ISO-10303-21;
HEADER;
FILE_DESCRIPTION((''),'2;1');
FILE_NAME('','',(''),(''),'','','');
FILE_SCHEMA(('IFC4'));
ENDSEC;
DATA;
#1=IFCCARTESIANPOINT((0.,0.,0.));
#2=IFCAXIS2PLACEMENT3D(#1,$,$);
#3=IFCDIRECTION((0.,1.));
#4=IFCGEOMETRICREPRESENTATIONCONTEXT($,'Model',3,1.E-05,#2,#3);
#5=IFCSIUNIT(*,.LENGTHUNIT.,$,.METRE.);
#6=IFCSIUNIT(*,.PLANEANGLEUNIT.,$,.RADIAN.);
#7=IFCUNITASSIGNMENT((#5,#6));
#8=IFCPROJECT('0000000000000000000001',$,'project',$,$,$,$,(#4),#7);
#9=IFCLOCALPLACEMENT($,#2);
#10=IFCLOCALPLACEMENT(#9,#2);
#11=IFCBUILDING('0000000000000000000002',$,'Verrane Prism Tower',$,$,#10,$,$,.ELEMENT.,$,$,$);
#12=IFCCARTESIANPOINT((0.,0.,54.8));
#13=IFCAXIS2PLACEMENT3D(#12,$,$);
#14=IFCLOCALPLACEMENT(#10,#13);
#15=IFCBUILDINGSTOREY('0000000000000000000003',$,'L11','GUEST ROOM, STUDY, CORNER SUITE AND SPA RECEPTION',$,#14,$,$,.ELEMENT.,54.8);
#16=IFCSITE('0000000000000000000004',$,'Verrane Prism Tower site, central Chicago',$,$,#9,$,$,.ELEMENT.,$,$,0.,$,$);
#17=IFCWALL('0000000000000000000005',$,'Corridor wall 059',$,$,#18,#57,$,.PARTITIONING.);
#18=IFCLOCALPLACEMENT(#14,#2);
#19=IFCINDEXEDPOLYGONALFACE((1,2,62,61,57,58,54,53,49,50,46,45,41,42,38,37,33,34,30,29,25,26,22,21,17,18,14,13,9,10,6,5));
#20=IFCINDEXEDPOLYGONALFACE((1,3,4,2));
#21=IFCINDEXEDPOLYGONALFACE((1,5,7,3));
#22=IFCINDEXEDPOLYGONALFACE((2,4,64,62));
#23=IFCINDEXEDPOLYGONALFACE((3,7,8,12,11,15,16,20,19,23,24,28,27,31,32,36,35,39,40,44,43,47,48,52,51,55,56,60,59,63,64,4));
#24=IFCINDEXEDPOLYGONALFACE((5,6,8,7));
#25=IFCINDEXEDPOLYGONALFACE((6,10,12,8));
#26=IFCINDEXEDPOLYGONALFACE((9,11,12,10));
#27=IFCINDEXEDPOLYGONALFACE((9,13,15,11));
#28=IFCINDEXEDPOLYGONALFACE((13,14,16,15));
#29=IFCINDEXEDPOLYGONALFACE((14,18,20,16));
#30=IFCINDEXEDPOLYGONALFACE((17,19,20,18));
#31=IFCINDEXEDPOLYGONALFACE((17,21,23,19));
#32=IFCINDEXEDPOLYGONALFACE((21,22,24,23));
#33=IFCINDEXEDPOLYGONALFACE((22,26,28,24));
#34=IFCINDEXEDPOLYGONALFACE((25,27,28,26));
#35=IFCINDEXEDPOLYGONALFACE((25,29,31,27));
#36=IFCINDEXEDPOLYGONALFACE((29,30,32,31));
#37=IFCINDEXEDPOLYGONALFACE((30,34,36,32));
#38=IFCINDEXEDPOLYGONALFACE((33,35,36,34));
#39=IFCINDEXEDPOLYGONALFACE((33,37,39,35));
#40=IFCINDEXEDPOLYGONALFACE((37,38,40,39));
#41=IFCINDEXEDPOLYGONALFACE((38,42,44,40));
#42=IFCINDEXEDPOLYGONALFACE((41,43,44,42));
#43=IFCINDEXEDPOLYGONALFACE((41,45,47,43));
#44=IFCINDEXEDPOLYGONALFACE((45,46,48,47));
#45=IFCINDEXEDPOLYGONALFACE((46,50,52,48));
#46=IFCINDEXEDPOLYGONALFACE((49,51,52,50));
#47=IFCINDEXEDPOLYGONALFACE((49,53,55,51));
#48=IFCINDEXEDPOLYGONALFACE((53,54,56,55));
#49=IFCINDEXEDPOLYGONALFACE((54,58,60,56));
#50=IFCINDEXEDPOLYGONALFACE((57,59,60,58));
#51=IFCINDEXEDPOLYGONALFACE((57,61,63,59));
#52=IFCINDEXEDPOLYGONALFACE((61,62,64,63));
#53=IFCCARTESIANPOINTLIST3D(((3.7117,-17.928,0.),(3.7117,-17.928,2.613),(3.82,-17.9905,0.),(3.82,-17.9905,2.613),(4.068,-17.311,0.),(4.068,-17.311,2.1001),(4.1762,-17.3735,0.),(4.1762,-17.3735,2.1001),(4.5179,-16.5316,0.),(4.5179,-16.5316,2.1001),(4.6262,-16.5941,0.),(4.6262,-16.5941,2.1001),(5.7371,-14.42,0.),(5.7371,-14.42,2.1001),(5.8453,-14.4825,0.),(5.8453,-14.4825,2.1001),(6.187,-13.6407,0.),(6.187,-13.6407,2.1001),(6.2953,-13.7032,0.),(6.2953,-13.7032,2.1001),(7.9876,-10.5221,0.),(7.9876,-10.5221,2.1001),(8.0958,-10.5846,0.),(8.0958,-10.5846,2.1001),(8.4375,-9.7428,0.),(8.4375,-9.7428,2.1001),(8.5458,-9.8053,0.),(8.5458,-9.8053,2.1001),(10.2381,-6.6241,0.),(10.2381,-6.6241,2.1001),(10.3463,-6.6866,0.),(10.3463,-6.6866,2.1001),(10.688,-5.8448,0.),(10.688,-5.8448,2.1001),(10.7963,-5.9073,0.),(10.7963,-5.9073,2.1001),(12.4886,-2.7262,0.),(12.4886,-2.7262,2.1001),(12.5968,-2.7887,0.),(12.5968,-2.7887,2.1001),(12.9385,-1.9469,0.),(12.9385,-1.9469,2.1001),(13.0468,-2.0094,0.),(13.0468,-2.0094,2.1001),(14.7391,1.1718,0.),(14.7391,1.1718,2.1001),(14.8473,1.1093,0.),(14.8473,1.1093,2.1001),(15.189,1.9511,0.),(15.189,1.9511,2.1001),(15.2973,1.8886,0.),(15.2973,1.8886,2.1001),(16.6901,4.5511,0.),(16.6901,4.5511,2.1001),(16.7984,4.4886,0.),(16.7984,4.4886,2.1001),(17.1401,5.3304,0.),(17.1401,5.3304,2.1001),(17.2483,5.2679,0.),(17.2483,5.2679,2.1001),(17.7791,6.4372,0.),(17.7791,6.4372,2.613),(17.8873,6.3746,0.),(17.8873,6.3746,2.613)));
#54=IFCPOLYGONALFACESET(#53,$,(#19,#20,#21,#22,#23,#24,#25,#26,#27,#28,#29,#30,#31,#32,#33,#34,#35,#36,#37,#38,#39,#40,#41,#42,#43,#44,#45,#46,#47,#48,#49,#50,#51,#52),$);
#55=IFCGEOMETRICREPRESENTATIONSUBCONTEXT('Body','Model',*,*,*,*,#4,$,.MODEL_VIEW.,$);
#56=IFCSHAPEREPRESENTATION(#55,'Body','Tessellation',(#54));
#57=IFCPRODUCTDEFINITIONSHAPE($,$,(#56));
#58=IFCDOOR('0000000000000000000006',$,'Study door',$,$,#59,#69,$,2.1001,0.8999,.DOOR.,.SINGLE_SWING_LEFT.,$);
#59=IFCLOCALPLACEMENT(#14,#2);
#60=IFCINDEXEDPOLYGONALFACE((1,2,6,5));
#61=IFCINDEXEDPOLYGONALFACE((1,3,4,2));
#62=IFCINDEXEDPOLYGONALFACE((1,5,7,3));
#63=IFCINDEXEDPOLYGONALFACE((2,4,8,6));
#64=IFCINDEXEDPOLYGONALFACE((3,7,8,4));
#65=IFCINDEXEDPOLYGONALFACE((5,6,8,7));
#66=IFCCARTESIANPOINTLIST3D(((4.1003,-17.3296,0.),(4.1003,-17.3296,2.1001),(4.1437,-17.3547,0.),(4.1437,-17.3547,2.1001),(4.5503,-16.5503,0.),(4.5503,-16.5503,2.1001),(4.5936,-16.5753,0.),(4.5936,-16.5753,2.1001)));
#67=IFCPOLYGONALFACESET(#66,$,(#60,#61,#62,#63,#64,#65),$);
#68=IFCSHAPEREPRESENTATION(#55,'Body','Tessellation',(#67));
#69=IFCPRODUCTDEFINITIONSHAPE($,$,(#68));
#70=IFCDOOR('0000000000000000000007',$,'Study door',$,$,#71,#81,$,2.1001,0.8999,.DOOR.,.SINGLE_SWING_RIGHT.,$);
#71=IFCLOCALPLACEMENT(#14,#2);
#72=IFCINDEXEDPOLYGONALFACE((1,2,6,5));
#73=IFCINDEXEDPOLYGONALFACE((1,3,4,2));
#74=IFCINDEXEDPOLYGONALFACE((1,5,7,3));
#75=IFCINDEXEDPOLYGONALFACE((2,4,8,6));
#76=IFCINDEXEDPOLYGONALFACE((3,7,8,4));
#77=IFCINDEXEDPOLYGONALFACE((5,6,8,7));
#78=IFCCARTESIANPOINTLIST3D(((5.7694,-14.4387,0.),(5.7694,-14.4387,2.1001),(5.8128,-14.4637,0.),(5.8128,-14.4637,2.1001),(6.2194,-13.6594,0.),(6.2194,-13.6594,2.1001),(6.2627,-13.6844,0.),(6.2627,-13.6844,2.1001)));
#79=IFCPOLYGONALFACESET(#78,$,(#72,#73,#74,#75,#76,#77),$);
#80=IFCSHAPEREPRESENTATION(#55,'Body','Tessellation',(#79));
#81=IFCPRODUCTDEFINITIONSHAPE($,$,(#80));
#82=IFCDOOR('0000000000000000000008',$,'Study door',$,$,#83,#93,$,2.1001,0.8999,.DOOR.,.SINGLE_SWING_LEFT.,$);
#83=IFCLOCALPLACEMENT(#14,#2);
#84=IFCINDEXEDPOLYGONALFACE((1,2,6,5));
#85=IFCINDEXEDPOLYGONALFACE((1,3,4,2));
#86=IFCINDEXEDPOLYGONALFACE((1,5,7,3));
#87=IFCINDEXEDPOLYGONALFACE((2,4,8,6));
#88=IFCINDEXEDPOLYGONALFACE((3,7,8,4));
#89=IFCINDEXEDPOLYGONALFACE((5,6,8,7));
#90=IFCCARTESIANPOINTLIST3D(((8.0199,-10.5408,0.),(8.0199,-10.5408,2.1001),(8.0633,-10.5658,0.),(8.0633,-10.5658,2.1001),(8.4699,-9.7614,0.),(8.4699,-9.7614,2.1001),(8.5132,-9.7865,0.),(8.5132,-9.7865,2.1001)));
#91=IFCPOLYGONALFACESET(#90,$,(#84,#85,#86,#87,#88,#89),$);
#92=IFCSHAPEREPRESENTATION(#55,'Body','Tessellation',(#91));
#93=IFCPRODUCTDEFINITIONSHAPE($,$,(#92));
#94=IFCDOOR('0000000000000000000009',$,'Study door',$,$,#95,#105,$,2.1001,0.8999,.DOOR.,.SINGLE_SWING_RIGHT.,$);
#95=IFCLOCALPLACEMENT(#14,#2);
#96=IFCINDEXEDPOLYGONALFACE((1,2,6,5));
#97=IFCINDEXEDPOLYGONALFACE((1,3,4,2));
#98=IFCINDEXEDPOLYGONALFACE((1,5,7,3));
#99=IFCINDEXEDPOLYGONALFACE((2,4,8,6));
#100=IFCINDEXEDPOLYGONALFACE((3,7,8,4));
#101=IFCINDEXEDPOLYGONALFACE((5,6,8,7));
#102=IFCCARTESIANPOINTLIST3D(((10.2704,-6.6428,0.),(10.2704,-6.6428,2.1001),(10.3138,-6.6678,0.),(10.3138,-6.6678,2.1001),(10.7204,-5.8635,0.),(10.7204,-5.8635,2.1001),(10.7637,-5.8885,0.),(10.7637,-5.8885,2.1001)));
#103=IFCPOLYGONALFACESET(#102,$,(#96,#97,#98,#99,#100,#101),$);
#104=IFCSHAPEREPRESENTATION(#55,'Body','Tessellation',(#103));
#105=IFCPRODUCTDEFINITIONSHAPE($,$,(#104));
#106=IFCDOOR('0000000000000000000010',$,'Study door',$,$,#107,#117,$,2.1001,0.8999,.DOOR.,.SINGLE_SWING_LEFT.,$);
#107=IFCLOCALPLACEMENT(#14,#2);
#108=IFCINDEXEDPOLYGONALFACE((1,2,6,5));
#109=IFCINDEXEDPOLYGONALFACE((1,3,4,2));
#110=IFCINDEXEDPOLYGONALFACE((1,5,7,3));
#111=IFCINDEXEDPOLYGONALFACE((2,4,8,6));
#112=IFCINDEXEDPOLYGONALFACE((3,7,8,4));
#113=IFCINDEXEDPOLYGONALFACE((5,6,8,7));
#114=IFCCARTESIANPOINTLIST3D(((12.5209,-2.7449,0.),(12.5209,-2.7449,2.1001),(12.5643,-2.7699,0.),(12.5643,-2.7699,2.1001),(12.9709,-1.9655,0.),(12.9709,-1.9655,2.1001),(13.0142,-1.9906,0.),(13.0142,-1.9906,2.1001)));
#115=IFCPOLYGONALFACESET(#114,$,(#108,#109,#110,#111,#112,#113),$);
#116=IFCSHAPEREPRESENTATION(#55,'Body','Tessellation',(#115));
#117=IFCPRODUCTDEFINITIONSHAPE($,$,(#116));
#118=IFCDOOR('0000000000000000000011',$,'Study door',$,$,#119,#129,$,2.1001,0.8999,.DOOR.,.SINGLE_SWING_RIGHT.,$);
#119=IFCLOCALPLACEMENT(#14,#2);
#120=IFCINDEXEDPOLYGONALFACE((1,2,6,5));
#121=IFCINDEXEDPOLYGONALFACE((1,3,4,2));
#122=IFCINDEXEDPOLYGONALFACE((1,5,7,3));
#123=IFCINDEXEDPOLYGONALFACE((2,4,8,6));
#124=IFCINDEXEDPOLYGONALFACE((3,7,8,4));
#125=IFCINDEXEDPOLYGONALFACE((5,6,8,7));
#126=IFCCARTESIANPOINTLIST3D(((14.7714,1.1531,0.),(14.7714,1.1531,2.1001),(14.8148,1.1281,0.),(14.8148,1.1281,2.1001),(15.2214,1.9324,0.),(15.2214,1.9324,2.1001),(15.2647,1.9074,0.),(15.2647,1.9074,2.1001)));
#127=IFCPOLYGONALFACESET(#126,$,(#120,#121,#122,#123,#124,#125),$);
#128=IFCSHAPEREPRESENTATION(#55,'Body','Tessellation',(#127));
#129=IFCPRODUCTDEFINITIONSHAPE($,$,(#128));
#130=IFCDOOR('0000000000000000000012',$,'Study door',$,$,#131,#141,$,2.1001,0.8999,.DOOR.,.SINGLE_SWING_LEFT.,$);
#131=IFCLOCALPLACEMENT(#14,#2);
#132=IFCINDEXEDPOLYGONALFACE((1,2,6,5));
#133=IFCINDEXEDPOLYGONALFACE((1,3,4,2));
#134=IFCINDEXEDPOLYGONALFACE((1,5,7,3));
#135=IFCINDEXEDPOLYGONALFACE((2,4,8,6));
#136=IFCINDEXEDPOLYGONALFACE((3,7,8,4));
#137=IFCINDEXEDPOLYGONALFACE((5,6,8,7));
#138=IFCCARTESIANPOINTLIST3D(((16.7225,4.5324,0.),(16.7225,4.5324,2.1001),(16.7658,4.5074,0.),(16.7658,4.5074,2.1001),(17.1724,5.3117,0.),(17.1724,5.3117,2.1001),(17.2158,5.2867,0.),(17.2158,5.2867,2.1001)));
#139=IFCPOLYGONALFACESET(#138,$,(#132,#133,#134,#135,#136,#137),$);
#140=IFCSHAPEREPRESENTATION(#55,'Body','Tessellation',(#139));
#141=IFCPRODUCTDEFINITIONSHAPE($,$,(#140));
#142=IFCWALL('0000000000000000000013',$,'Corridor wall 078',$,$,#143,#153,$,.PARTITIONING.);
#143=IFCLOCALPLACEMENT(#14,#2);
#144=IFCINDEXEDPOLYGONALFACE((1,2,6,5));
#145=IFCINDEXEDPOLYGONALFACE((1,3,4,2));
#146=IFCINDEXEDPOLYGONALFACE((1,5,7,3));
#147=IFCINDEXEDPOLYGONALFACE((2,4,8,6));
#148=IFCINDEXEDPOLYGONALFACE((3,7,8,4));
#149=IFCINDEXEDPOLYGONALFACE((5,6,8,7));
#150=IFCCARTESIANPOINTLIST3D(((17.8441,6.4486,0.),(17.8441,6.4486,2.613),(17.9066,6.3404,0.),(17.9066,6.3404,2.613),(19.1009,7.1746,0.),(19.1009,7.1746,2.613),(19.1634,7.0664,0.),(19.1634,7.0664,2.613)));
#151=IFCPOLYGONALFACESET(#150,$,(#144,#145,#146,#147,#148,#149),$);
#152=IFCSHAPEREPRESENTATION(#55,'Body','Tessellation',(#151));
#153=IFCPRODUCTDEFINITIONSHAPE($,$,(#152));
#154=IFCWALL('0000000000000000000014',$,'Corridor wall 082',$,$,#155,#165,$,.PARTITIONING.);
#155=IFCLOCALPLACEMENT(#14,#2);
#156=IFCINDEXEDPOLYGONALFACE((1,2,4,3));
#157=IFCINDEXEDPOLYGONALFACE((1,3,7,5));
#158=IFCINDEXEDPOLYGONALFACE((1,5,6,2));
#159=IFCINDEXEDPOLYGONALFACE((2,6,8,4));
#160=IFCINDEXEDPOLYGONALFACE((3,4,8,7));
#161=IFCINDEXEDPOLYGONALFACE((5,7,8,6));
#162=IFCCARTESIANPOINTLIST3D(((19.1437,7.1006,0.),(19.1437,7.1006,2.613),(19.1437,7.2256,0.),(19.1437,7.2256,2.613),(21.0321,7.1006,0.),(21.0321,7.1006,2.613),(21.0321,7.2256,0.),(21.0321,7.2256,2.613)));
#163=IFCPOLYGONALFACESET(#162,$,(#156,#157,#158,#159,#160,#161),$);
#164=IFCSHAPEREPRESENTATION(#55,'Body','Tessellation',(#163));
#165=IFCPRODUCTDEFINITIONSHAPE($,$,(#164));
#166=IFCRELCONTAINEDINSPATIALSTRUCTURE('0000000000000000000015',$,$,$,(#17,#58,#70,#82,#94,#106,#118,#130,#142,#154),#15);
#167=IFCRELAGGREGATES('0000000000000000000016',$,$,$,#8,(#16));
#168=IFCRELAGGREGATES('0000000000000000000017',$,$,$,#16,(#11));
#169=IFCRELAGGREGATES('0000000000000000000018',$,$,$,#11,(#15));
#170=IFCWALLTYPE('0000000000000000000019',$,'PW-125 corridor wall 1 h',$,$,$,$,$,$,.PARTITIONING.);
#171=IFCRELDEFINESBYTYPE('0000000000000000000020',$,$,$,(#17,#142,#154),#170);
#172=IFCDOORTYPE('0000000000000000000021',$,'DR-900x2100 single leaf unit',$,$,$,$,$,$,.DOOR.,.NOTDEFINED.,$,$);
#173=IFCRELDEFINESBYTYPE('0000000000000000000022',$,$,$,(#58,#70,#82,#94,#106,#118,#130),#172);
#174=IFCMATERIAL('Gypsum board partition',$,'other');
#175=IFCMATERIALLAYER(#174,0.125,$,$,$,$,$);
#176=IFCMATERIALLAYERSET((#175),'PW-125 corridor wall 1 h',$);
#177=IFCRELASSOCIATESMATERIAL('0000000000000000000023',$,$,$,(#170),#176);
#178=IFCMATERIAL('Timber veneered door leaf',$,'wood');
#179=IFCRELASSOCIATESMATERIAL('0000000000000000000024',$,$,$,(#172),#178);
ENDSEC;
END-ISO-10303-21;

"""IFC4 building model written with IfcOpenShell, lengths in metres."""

from ifc_helpers import new_model, si_unit, direction, frame, frame_2d, origin, place, context, subcontext, project, spatial, rectangle, extrude, material, layer, layer_set, type_object, element, fill, save


model = new_model("IFC4")

# Units and contexts
model_context = context("Model", 3, precision=1e-05, world=origin(), true_north=direction((0.0, 1.0)))
body_context = subcontext(model_context, "Body", "Model", "MODEL_VIEW")
ifc_project = project(units=[si_unit("LENGTHUNIT", "METRE"), si_unit("PLANEANGLEUNIT", "RADIAN")], contexts=[model_context])

# Site, building, storey
site_placement = place(None, origin())
site = spatial("IfcSite", under=ifc_project, at=site_placement, Name="Verrane Prism Tower site, central Chicago", CompositionType="ELEMENT", RefElevation=0.0)
building_placement = place(site_placement, origin())
building = spatial("IfcBuilding", under=site, at=building_placement, Name="Verrane Prism Tower", CompositionType="ELEMENT")
storey_placement = place(building_placement, frame((0.0, 0.0, 54.8)))
storey = spatial("IfcBuildingStorey", under=building, at=storey_placement, Name="L11", Description="GUEST ROOM, STUDY, CORNER SUITE AND SPA RECEPTION", CompositionType="ELEMENT", Elevation=54.8)

# Wall, openings, doors
ifc_material_1 = material(Name="Gypsum board partition", Category="other")
ifc_layer_1 = layer(ifc_material_1, 0.125)
ifc_layer_set_1 = layer_set([ifc_layer_1], Name="PW-125 corridor wall 1 h")
wall_type_1 = type_object("IfcWallType", Name="PW-125 corridor wall 1 h", PredefinedType="PARTITIONING", material=ifc_layer_set_1)
wall_1_placement = place(storey_placement, frame((17.8333, 6.406, 0.0), z_axis=(0.0, 0.0, 1.0), x_axis=(-0.500003, -0.866024, 0.0)))
wall_1 = element("IfcWall", 1, at=wall_1_placement, inside=storey, type_object=wall_type_1, Name="Corridor wall 059", PredefinedType="PARTITIONING", context=body_context, shape_type="SweptSolid", body=[
    extrude(rectangle(XDim=28.1345, YDim=0.125, at=frame_2d((14.0674, 0.0))), origin(), (0.0, 0.0, 1.0), 2.613),
])
opening_1_placement = place(wall_1_placement, frame((26.5222, 0.0, 0.0)))
opening_1 = element("IfcOpeningElement", 2, at=opening_1_placement, cuts=wall_1, PredefinedType="OPENING", context=body_context, shape_type="SweptSolid", body=[
    extrude(rectangle(XDim=0.8999, YDim=2.1001, at=frame_2d((0.45, 1.05))), frame((0.0, 0.0725, 0.0), z_axis=(0.0, -1.0, 0.0), x_axis=(1.0, 0.0, 0.0)), (0.0, 0.0, 1.0), 0.145),
])
opening_2_placement = place(wall_1_placement, frame((23.1841, 0.0, 0.0)))
opening_2 = element("IfcOpeningElement", 3, at=opening_2_placement, cuts=wall_1, PredefinedType="OPENING", context=body_context, shape_type="SweptSolid", body=[
    extrude(rectangle(XDim=0.8999, YDim=2.1001, at=frame_2d((0.45, 1.05))), frame((0.0, 0.0725, 0.0), z_axis=(0.0, -1.0, 0.0), x_axis=(1.0, 0.0, 0.0)), (0.0, 0.0, 1.0), 0.145),
])
opening_3_placement = place(wall_1_placement, frame((18.6831, 0.0, 0.0)))
opening_3 = element("IfcOpeningElement", 4, at=opening_3_placement, cuts=wall_1, PredefinedType="OPENING", context=body_context, shape_type="SweptSolid", body=[
    extrude(rectangle(XDim=0.8999, YDim=2.1001, at=frame_2d((0.45, 1.05))), frame((0.0, 0.0725, 0.0), z_axis=(0.0, -1.0, 0.0), x_axis=(1.0, 0.0, 0.0)), (0.0, 0.0, 1.0), 0.145),
])
opening_4_placement = place(wall_1_placement, frame((14.1821, 0.0, 0.0)))
opening_4 = element("IfcOpeningElement", 5, at=opening_4_placement, cuts=wall_1, PredefinedType="OPENING", context=body_context, shape_type="SweptSolid", body=[
    extrude(rectangle(XDim=0.8999, YDim=2.1001, at=frame_2d((0.45, 1.05))), frame((0.0, 0.0725, 0.0), z_axis=(0.0, -1.0, 0.0), x_axis=(1.0, 0.0, 0.0)), (0.0, 0.0, 1.0), 0.145),
])
opening_5_placement = place(wall_1_placement, frame((9.6812, 0.0, 0.0)))
opening_5 = element("IfcOpeningElement", 6, at=opening_5_placement, cuts=wall_1, PredefinedType="OPENING", context=body_context, shape_type="SweptSolid", body=[
    extrude(rectangle(XDim=0.8999, YDim=2.1001, at=frame_2d((0.45, 1.05))), frame((0.0, 0.0725, 0.0), z_axis=(0.0, -1.0, 0.0), x_axis=(1.0, 0.0, 0.0)), (0.0, 0.0, 1.0), 0.145),
])
opening_6_placement = place(wall_1_placement, frame((5.1802, 0.0, 0.0)))
opening_6 = element("IfcOpeningElement", 7, at=opening_6_placement, cuts=wall_1, PredefinedType="OPENING", context=body_context, shape_type="SweptSolid", body=[
    extrude(rectangle(XDim=0.8999, YDim=2.1001, at=frame_2d((0.45, 1.05))), frame((0.0, 0.0725, 0.0), z_axis=(0.0, -1.0, 0.0), x_axis=(1.0, 0.0, 0.0)), (0.0, 0.0, 1.0), 0.145),
])
opening_7_placement = place(wall_1_placement, frame((1.2781, 0.0, 0.0)))
opening_7 = element("IfcOpeningElement", 8, at=opening_7_placement, cuts=wall_1, PredefinedType="OPENING", context=body_context, shape_type="SweptSolid", body=[
    extrude(rectangle(XDim=0.8999, YDim=2.1001, at=frame_2d((0.45, 1.05))), frame((0.0, 0.0725, 0.0), z_axis=(0.0, -1.0, 0.0), x_axis=(1.0, 0.0, 0.0)), (0.0, 0.0, 1.0), 0.145),
])
ifc_material_2 = material(Name="Timber veneered door leaf", Category="wood")
door_type_1 = type_object("IfcDoorType", Name="DR-900x2100 single leaf unit", OperationType="NOTDEFINED", PredefinedType="DOOR", material=ifc_material_2)
door_1_placement = place(opening_1_placement, origin())
door_1 = element("IfcDoor", 9, at=door_1_placement, inside=storey, type_object=door_type_1, Name="Study door", OperationType="SINGLE_SWING_LEFT", OverallHeight=2.1001, OverallWidth=0.8999, PredefinedType="DOOR", context=body_context, shape_type="SweptSolid", body=[
    extrude(rectangle(XDim=0.8999, YDim=2.1001, at=frame_2d((0.45, 1.05))), frame((0.0, 0.0249, 0.0), z_axis=(0.0, -1.0, 0.0), x_axis=(1.0, 0.0, 0.0)), (0.0, 0.0, 1.0), 0.05),
])
fill(opening_1, door_1)
door_2_placement = place(opening_2_placement, origin())
door_2 = element("IfcDoor", 10, at=door_2_placement, inside=storey, type_object=door_type_1, Name="Study door", OperationType="SINGLE_SWING_RIGHT", OverallHeight=2.1001, OverallWidth=0.8999, PredefinedType="DOOR", context=body_context, shape_type="SweptSolid", body=[
    extrude(rectangle(XDim=0.8999, YDim=2.1001, at=frame_2d((0.45, 1.05))), frame((0.0, 0.0249, 0.0), z_axis=(0.0, -1.0, 0.0), x_axis=(1.0, 0.0, 0.0)), (0.0, 0.0, 1.0), 0.05),
])
fill(opening_2, door_2)
door_3_placement = place(opening_3_placement, origin())
door_3 = element("IfcDoor", 11, at=door_3_placement, inside=storey, type_object=door_type_1, Name="Study door", OperationType="SINGLE_SWING_LEFT", OverallHeight=2.1001, OverallWidth=0.8999, PredefinedType="DOOR", context=body_context, shape_type="SweptSolid", body=[
    extrude(rectangle(XDim=0.8999, YDim=2.1001, at=frame_2d((0.45, 1.05))), frame((0.0, 0.0249, 0.0), z_axis=(0.0, -1.0, 0.0), x_axis=(1.0, 0.0, 0.0)), (0.0, 0.0, 1.0), 0.05),
])
fill(opening_3, door_3)
door_4_placement = place(opening_4_placement, origin())
door_4 = element("IfcDoor", 12, at=door_4_placement, inside=storey, type_object=door_type_1, Name="Study door", OperationType="SINGLE_SWING_RIGHT", OverallHeight=2.1001, OverallWidth=0.8999, PredefinedType="DOOR", context=body_context, shape_type="SweptSolid", body=[
    extrude(rectangle(XDim=0.8999, YDim=2.1001, at=frame_2d((0.45, 1.05))), frame((0.0, 0.0249, 0.0), z_axis=(0.0, -1.0, 0.0), x_axis=(1.0, 0.0, 0.0)), (0.0, 0.0, 1.0), 0.05),
])
fill(opening_4, door_4)
door_5_placement = place(opening_5_placement, origin())
door_5 = element("IfcDoor", 13, at=door_5_placement, inside=storey, type_object=door_type_1, Name="Study door", OperationType="SINGLE_SWING_LEFT", OverallHeight=2.1001, OverallWidth=0.8999, PredefinedType="DOOR", context=body_context, shape_type="SweptSolid", body=[
    extrude(rectangle(XDim=0.8999, YDim=2.1001, at=frame_2d((0.45, 1.05))), frame((0.0, 0.0249, 0.0), z_axis=(0.0, -1.0, 0.0), x_axis=(1.0, 0.0, 0.0)), (0.0, 0.0, 1.0), 0.05),
])
fill(opening_5, door_5)
door_6_placement = place(opening_6_placement, origin())
door_6 = element("IfcDoor", 14, at=door_6_placement, inside=storey, type_object=door_type_1, Name="Study door", OperationType="SINGLE_SWING_RIGHT", OverallHeight=2.1001, OverallWidth=0.8999, PredefinedType="DOOR", context=body_context, shape_type="SweptSolid", body=[
    extrude(rectangle(XDim=0.8999, YDim=2.1001, at=frame_2d((0.45, 1.05))), frame((0.0, 0.0249, 0.0), z_axis=(0.0, -1.0, 0.0), x_axis=(1.0, 0.0, 0.0)), (0.0, 0.0, 1.0), 0.05),
])
fill(opening_6, door_6)
door_7_placement = place(opening_7_placement, origin())
door_7 = element("IfcDoor", 15, at=door_7_placement, inside=storey, type_object=door_type_1, Name="Study door", OperationType="SINGLE_SWING_LEFT", OverallHeight=2.1001, OverallWidth=0.8999, PredefinedType="DOOR", context=body_context, shape_type="SweptSolid", body=[
    extrude(rectangle(XDim=0.8999, YDim=2.1001, at=frame_2d((0.45, 1.05))), frame((0.0, 0.0249, 0.0), z_axis=(0.0, -1.0, 0.0), x_axis=(1.0, 0.0, 0.0)), (0.0, 0.0, 1.0), 0.05),
])
fill(opening_7, door_7)

# Walls
wall_2_placement = place(storey_placement, frame((17.8755, 6.3945, 0.0), z_axis=(0.0, 0.0, 1.0), x_axis=(0.865894, 0.500227, 0.0)))
element("IfcWall", 16, at=wall_2_placement, inside=storey, type_object=wall_type_1, Name="Corridor wall 078", PredefinedType="PARTITIONING", context=body_context, shape_type="SweptSolid", body=[
    extrude(rectangle(XDim=1.4514, YDim=0.125, at=frame_2d((0.7256, 0.0))), origin(), (0.0, 0.0, 1.0), 2.613),
])
wall_3_placement = place(storey_placement, frame((19.1436, 7.1631, 0.0), z_axis=(0.0, 0.0, 1.0), x_axis=(1.0, 0.0, 0.0)))
element("IfcWall", 17, at=wall_3_placement, inside=storey, type_object=wall_type_1, Name="Corridor wall 082", PredefinedType="PARTITIONING", context=body_context, shape_type="SweptSolid", body=[
    extrude(rectangle(XDim=1.8884, YDim=0.125, at=frame_2d((0.9443, 0.0))), origin(), (0.0, 0.0, 1.0), 2.613),
])

save(model, "model.ifc")
